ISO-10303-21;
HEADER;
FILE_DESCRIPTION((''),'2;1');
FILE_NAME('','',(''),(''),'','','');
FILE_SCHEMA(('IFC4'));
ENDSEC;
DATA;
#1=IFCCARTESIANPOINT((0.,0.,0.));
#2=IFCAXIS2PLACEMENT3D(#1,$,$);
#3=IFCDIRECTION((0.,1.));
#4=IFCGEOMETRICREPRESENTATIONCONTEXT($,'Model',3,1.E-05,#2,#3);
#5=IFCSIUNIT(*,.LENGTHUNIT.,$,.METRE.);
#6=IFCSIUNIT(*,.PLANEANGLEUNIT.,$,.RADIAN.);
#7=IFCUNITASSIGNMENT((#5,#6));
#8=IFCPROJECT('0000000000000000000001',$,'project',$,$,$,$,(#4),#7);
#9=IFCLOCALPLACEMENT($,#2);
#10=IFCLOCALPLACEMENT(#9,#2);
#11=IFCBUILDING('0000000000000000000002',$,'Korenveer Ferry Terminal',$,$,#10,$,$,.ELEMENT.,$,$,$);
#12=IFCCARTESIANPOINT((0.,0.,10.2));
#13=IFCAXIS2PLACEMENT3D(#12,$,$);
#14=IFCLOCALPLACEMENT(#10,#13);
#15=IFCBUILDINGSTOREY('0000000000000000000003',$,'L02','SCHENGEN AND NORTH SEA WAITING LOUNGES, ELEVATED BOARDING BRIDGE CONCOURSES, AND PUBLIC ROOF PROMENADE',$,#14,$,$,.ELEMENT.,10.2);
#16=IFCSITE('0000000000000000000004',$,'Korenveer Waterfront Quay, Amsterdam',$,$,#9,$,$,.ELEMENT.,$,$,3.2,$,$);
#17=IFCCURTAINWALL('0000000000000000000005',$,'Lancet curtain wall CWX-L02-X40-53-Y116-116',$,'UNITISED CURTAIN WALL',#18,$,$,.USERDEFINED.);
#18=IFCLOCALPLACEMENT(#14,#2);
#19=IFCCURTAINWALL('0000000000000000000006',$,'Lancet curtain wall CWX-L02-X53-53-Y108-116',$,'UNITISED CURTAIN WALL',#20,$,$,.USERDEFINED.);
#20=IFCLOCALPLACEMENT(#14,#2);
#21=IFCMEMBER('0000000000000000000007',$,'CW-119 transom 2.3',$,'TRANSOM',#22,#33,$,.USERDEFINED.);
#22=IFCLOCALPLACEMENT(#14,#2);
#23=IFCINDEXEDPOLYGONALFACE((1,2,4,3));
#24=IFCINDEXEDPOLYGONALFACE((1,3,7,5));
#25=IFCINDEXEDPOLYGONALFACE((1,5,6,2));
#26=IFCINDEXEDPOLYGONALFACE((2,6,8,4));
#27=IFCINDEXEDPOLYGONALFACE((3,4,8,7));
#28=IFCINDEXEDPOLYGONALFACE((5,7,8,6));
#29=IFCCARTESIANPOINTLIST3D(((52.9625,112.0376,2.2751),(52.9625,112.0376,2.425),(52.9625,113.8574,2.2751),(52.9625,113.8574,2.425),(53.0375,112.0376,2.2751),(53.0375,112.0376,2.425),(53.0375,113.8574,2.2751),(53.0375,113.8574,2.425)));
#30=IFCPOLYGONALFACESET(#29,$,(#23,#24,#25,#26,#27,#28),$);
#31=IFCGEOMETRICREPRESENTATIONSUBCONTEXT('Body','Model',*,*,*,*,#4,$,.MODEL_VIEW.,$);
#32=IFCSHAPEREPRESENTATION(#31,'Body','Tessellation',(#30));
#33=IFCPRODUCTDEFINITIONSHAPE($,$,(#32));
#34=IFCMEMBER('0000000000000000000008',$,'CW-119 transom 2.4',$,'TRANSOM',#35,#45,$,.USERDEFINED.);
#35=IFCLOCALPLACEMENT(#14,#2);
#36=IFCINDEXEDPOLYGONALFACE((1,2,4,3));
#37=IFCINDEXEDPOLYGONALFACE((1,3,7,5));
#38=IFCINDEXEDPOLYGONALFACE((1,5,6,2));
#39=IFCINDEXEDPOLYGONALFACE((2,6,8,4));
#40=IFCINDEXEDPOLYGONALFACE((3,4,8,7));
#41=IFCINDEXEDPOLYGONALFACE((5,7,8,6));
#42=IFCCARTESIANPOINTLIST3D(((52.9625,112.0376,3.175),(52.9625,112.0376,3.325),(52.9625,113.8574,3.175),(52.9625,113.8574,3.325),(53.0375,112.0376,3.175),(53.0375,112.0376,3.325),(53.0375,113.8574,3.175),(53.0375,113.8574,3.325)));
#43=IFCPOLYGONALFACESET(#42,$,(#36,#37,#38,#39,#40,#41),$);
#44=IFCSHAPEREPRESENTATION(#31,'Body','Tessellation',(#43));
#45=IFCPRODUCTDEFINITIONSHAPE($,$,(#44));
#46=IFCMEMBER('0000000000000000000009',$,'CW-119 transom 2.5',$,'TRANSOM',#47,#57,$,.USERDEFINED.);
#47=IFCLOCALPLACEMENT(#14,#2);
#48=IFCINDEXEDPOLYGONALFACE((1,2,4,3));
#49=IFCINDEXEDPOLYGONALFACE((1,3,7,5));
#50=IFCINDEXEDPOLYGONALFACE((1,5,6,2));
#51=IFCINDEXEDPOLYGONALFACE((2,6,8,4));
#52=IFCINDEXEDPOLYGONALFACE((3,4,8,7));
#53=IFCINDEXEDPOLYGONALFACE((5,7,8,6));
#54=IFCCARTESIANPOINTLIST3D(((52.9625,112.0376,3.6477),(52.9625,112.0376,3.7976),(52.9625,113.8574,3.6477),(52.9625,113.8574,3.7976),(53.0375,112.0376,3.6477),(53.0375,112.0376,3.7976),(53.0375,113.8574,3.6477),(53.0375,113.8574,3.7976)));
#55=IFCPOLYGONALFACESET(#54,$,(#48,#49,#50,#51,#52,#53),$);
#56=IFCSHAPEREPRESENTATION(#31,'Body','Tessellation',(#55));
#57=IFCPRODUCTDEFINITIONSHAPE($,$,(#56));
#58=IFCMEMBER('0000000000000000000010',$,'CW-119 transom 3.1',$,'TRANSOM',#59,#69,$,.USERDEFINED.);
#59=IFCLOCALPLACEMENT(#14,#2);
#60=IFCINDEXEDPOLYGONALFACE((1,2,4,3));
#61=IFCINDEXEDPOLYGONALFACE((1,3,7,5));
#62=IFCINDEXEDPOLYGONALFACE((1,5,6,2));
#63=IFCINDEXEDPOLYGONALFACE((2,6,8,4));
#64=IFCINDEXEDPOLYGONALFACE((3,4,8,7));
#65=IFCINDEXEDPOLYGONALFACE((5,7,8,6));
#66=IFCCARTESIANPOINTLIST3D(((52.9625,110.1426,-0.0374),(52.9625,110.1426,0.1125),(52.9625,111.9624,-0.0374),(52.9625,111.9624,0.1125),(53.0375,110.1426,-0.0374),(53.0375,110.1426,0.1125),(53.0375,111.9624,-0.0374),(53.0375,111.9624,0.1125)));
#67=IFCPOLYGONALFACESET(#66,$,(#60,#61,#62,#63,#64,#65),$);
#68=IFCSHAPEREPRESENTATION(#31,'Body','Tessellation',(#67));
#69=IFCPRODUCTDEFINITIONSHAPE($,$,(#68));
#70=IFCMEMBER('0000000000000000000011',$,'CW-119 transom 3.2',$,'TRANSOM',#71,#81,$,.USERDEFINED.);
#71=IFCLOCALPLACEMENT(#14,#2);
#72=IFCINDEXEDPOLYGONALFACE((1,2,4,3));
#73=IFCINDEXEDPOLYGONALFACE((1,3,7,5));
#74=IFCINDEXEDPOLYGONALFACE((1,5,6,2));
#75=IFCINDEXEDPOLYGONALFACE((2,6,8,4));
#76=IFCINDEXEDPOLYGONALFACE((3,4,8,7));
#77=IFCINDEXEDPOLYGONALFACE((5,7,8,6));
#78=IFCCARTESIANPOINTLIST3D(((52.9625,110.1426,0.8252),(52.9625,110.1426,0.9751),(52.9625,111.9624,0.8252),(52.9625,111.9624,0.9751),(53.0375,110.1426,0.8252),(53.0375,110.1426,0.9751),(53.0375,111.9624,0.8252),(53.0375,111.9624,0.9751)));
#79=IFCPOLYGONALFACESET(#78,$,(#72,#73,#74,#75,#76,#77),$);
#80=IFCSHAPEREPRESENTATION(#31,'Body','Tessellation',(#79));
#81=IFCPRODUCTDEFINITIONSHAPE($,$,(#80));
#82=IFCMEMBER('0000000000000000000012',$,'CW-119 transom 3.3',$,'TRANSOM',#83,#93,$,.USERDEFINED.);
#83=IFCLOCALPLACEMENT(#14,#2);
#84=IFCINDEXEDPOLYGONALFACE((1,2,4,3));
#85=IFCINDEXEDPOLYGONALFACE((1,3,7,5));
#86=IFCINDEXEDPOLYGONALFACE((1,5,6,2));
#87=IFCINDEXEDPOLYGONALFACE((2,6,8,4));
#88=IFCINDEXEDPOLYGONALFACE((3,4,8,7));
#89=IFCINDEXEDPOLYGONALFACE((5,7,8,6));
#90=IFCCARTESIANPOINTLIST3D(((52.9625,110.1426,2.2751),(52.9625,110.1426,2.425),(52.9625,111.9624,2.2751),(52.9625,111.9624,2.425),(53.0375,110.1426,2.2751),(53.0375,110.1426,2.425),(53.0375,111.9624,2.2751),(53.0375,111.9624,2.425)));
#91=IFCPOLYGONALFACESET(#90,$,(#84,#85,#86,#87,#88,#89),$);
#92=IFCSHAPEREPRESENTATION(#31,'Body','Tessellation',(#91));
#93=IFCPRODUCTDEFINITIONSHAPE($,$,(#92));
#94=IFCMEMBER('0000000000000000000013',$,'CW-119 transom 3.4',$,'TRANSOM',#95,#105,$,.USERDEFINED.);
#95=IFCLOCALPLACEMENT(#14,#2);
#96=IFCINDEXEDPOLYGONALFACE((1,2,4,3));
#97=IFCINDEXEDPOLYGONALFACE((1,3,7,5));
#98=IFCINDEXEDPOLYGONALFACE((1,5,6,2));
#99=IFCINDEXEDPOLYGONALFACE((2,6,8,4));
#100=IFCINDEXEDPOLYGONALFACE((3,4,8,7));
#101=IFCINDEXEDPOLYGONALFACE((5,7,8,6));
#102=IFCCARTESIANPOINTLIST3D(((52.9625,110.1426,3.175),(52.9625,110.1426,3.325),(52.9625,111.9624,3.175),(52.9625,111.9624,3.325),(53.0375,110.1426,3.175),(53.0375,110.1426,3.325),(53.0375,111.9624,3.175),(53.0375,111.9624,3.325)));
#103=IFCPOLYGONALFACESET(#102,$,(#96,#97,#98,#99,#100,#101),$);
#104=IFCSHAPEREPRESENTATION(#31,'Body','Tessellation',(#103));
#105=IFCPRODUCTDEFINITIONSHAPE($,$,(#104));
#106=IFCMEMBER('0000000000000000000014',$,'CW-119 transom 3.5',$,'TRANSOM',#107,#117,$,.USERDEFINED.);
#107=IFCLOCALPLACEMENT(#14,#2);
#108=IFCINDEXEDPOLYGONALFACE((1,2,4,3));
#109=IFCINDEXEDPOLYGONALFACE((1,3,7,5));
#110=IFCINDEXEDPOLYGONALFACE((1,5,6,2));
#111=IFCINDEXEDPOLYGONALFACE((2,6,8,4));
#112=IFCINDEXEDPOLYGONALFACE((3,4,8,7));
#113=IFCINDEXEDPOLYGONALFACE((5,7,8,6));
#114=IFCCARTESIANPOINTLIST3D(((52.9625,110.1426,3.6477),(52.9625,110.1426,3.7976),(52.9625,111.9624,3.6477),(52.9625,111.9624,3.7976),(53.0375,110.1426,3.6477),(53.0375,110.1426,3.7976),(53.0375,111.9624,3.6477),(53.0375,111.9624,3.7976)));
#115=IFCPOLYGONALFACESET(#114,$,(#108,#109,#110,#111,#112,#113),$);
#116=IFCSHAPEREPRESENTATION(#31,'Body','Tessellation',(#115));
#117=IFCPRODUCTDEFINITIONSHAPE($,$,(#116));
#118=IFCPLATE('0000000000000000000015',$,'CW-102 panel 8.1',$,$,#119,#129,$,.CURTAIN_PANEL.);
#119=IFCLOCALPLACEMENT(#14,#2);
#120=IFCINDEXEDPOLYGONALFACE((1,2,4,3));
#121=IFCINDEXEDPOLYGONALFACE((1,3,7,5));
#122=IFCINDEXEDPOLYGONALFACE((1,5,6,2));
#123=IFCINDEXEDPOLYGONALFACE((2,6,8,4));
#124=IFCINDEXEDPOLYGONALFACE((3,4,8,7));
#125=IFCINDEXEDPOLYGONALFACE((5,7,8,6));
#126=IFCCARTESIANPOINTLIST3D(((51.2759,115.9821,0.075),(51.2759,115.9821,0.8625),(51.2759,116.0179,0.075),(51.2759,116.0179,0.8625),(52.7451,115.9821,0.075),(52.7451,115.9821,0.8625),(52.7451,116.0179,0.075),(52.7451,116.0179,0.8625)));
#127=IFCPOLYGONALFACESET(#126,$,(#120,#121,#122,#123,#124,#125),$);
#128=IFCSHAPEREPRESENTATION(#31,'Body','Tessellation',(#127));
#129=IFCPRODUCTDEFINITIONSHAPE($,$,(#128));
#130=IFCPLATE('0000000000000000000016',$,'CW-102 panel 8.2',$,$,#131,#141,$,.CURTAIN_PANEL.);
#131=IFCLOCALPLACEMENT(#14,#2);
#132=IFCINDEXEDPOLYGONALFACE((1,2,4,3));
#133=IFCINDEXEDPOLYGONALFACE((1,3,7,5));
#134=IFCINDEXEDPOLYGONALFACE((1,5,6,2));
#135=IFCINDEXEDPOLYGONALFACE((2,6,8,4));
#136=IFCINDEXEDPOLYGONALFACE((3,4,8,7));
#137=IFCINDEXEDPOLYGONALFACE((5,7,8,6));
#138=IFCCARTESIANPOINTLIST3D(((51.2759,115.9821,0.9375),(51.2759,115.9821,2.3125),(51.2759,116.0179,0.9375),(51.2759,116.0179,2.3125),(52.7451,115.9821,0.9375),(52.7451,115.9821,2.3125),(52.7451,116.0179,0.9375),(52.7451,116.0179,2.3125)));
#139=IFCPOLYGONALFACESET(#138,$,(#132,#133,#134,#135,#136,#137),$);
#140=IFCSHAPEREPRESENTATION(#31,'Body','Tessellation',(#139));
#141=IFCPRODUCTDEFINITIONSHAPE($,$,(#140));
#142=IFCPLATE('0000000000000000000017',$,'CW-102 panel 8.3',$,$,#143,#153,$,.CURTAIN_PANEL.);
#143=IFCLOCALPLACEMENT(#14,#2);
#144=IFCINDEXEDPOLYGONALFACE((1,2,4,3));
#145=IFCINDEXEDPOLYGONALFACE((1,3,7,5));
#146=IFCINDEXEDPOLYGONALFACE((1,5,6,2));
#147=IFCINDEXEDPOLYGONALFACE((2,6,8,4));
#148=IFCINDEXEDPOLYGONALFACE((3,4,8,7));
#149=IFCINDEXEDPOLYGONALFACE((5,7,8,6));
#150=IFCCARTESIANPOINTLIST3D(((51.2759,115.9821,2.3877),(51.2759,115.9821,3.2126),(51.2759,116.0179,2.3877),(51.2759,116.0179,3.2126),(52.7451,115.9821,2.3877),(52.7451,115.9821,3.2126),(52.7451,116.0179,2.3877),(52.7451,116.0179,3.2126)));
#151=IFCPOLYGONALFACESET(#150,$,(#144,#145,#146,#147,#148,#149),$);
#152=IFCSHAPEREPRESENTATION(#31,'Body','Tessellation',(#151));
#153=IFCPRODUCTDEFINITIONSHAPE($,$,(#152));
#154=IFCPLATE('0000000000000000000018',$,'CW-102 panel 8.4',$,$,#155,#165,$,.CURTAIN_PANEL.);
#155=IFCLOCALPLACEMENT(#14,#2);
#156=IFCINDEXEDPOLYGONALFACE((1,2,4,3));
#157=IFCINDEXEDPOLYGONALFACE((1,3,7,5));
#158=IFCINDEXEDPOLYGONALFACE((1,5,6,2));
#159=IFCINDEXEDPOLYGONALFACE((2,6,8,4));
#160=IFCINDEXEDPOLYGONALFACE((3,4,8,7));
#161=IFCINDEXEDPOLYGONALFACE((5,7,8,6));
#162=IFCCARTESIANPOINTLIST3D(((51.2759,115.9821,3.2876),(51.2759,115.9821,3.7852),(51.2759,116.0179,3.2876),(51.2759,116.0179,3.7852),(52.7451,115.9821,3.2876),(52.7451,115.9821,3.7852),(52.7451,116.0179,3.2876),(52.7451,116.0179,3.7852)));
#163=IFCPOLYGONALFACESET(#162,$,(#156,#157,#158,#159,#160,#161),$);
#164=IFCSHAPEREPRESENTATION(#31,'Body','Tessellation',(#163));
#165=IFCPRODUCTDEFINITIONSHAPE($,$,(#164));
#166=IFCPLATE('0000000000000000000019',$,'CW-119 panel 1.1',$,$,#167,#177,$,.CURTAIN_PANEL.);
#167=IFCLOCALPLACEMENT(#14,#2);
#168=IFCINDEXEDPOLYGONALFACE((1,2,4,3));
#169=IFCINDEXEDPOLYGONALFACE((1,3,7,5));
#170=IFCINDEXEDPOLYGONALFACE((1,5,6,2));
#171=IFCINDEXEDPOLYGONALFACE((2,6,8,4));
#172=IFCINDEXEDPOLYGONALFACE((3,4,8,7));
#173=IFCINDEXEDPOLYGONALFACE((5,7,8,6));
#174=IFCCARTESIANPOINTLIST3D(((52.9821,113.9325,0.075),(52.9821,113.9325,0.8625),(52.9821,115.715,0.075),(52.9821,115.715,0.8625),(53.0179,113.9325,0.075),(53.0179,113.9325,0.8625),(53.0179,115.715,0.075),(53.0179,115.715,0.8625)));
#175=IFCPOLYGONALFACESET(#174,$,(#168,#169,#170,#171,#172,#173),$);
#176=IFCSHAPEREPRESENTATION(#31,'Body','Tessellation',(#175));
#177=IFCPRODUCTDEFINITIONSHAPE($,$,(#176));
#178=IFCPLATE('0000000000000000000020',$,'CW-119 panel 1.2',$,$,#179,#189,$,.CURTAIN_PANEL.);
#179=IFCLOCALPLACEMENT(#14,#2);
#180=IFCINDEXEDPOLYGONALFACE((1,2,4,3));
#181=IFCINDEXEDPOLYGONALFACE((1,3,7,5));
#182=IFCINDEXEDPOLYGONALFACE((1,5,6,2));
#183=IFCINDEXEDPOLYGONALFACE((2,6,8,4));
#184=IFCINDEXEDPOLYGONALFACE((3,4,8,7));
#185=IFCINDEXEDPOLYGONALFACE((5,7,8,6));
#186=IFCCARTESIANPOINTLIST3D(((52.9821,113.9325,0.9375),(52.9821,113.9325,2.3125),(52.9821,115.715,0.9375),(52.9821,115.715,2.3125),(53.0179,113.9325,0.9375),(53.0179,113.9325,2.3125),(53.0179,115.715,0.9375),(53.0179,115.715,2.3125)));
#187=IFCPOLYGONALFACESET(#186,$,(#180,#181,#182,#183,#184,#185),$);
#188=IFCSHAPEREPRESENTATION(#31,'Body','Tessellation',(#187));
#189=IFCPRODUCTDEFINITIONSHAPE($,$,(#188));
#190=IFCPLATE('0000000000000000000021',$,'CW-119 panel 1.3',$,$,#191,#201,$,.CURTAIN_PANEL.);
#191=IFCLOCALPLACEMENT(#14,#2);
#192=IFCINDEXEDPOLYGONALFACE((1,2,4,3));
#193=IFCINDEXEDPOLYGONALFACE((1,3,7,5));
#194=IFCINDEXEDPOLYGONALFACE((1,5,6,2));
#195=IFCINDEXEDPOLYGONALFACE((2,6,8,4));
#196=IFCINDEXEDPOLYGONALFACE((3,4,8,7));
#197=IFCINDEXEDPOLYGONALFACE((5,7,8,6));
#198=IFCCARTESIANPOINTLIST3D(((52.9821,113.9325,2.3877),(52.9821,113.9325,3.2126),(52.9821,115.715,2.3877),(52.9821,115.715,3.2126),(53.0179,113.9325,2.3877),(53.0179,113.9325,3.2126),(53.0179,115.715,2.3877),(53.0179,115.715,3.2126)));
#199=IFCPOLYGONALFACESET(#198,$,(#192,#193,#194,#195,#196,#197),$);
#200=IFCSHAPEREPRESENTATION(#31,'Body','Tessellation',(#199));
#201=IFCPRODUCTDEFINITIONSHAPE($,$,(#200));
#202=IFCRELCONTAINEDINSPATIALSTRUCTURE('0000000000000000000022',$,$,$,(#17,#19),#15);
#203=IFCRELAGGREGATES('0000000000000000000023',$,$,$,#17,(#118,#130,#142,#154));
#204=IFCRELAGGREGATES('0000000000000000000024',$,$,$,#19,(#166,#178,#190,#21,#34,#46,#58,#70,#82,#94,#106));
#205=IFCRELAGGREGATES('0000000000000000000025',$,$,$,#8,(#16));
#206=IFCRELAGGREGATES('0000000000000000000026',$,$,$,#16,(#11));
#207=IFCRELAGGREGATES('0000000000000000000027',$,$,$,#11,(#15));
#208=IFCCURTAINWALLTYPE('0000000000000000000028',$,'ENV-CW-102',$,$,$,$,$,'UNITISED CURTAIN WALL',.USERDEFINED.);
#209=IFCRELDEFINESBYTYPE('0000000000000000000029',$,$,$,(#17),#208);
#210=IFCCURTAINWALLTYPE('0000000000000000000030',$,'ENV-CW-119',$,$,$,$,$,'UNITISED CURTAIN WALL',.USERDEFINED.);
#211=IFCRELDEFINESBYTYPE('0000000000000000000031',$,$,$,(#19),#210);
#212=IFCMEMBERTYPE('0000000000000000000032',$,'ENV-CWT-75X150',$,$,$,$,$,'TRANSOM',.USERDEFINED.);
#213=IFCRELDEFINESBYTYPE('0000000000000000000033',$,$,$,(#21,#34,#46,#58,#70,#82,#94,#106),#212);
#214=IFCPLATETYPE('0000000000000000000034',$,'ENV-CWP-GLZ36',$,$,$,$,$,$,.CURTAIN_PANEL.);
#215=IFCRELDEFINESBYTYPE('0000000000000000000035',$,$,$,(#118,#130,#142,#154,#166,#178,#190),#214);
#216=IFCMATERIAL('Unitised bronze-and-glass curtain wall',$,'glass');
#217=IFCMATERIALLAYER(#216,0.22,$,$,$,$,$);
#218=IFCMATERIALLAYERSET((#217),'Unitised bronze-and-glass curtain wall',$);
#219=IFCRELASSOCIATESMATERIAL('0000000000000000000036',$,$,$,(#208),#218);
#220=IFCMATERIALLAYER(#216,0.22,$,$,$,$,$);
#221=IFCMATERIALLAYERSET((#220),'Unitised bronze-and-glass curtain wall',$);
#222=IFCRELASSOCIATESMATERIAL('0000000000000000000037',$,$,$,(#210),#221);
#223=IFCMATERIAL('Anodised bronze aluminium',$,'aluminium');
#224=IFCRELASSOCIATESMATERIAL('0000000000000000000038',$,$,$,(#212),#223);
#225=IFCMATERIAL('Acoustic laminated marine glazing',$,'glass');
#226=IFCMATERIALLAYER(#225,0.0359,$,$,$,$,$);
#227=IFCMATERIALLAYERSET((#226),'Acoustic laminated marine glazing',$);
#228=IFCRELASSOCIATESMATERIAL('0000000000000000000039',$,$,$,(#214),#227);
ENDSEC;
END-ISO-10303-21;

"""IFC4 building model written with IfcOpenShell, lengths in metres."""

from ifc_helpers import new_model, si_unit, direction, frame, origin, origin_2d, place, context, subcontext, project, spatial, rectangle, extrude, material, layer, layer_set, material_profile, profile_set, type_object, element, aggregate, save


model = new_model("IFC4")

# Units and contexts
model_context = context("Model", 3, precision=1e-05, world=origin(), true_north=direction((0.0, 1.0)))
body_context = subcontext(model_context, "Body", "Model", "MODEL_VIEW")
ifc_project = project(units=[si_unit("LENGTHUNIT", "METRE"), si_unit("PLANEANGLEUNIT", "RADIAN")], contexts=[model_context])

# Site, building, storey
site_placement = place(None, origin())
site = spatial("IfcSite", under=ifc_project, at=site_placement, Name="Korenveer Waterfront Quay, Amsterdam", CompositionType="ELEMENT", RefElevation=3.2)
building_placement = place(site_placement, origin())
building = spatial("IfcBuilding", under=site, at=building_placement, Name="Korenveer Ferry Terminal", CompositionType="ELEMENT")
storey_placement = place(building_placement, frame((0.0, 0.0, 10.2)))
storey = spatial("IfcBuildingStorey", under=building, at=storey_placement, Name="L02", Description="SCHENGEN AND NORTH SEA WAITING LOUNGES, ELEVATED BOARDING BRIDGE CONCOURSES, AND PUBLIC ROOF PROMENADE", CompositionType="ELEMENT", Elevation=10.2)

# Curtain wall
ifc_material_1 = material(Name="Unitised bronze-and-glass curtain wall", Category="glass")
ifc_layer_1 = layer(ifc_material_1, 0.22)
ifc_layer_set_1 = layer_set([ifc_layer_1], Name="Unitised bronze-and-glass curtain wall")
curtain_wall_type_1 = type_object("IfcCurtainWallType", Name="ENV-CW-102", ElementType="UNITISED CURTAIN WALL", PredefinedType="USERDEFINED", material=ifc_layer_set_1)
curtain_wall_1_placement = place(storey_placement, frame((40.1665, 116.0, 0.0)))
curtain_wall_1 = element("IfcCurtainWall", 1, at=curtain_wall_1_placement, inside=storey, type_object=curtain_wall_type_1, Name="Lancet curtain wall CWX-L02-X40-53-Y116-116", ObjectType="UNITISED CURTAIN WALL", PredefinedType="USERDEFINED")
ifc_material_2 = material(Name="Anodised bronze aluminium", Category="aluminium")

# Curtain wall, members
ifc_layer_2 = layer(ifc_material_1, 0.22)
ifc_layer_set_2 = layer_set([ifc_layer_2], Name="Unitised bronze-and-glass curtain wall")
curtain_wall_type_2 = type_object("IfcCurtainWallType", Name="ENV-CW-119", ElementType="UNITISED CURTAIN WALL", PredefinedType="USERDEFINED", material=ifc_layer_set_2)
curtain_wall_2_placement = place(storey_placement, frame((53.0, 115.79, 0.0)))
curtain_wall_2 = element("IfcCurtainWall", 2, at=curtain_wall_2_placement, inside=storey, type_object=curtain_wall_type_2, Name="Lancet curtain wall CWX-L02-X53-53-Y108-116", ObjectType="UNITISED CURTAIN WALL", PredefinedType="USERDEFINED")
ifc_material_profile_1 = material_profile(ifc_material_2, rectangle(XDim=0.075, YDim=0.1499, at=origin_2d()), Name="ALU 75x150")
ifc_profile_set_1 = profile_set([ifc_material_profile_1], Name="Anodised bronze aluminium")
member_type_1 = type_object("IfcMemberType", Name="ENV-CWT-75X150", ElementType="TRANSOM", PredefinedType="USERDEFINED", material=ifc_profile_set_1)
member_1_placement = place(storey_placement, frame((53.0, 113.8574, 2.3501), z_axis=(0.0, -1.0, 0.0), x_axis=(1.0, 0.0, 0.0)))
member_1 = element("IfcMember", 3, at=member_1_placement, type_object=member_type_1, Name="CW-119 transom 2.3", ObjectType="TRANSOM", PredefinedType="USERDEFINED", context=body_context, shape_type="SweptSolid", body=[
    extrude(rectangle(XDim=0.075, YDim=0.1499, at=origin_2d()), origin(), (0.0, 0.0, 1.0), 1.8198),
])
member_2_placement = place(storey_placement, frame((53.0, 113.8574, 3.25), z_axis=(0.0, -1.0, 0.0), x_axis=(1.0, 0.0, 0.0)))
member_2 = element("IfcMember", 4, at=member_2_placement, type_object=member_type_1, Name="CW-119 transom 2.4", ObjectType="TRANSOM", PredefinedType="USERDEFINED", context=body_context, shape_type="SweptSolid", body=[
    extrude(rectangle(XDim=0.075, YDim=0.1499, at=origin_2d()), origin(), (0.0, 0.0, 1.0), 1.8198),
])
member_3_placement = place(storey_placement, frame((53.0, 113.8574, 3.7227), z_axis=(0.0, -1.0, 0.0), x_axis=(1.0, 0.0, 0.0)))
member_3 = element("IfcMember", 5, at=member_3_placement, type_object=member_type_1, Name="CW-119 transom 2.5", ObjectType="TRANSOM", PredefinedType="USERDEFINED", context=body_context, shape_type="SweptSolid", body=[
    extrude(rectangle(XDim=0.075, YDim=0.1499, at=origin_2d()), origin(), (0.0, 0.0, 1.0), 1.8198),
])
member_4_placement = place(storey_placement, frame((53.0, 111.9624, 0.0376), z_axis=(0.0, -1.0, 0.0), x_axis=(1.0, 0.0, 0.0)))
member_4 = element("IfcMember", 6, at=member_4_placement, type_object=member_type_1, Name="CW-119 transom 3.1", ObjectType="TRANSOM", PredefinedType="USERDEFINED", context=body_context, shape_type="SweptSolid", body=[
    extrude(rectangle(XDim=0.075, YDim=0.1499, at=origin_2d()), origin(), (0.0, 0.0, 1.0), 1.8198),
])
member_5_placement = place(storey_placement, frame((53.0, 111.9624, 0.9001), z_axis=(0.0, -1.0, 0.0), x_axis=(1.0, 0.0, 0.0)))
member_5 = element("IfcMember", 7, at=member_5_placement, type_object=member_type_1, Name="CW-119 transom 3.2", ObjectType="TRANSOM", PredefinedType="USERDEFINED", context=body_context, shape_type="SweptSolid", body=[
    extrude(rectangle(XDim=0.075, YDim=0.1499, at=origin_2d()), origin(), (0.0, 0.0, 1.0), 1.8198),
])
member_6_placement = place(storey_placement, frame((53.0, 111.9624, 2.3501), z_axis=(0.0, -1.0, 0.0), x_axis=(1.0, 0.0, 0.0)))
member_6 = element("IfcMember", 8, at=member_6_placement, type_object=member_type_1, Name="CW-119 transom 3.3", ObjectType="TRANSOM", PredefinedType="USERDEFINED", context=body_context, shape_type="SweptSolid", body=[
    extrude(rectangle(XDim=0.075, YDim=0.1499, at=origin_2d()), origin(), (0.0, 0.0, 1.0), 1.8198),
])
member_7_placement = place(storey_placement, frame((53.0, 111.9624, 3.25), z_axis=(0.0, -1.0, 0.0), x_axis=(1.0, 0.0, 0.0)))
member_7 = element("IfcMember", 9, at=member_7_placement, type_object=member_type_1, Name="CW-119 transom 3.4", ObjectType="TRANSOM", PredefinedType="USERDEFINED", context=body_context, shape_type="SweptSolid", body=[
    extrude(rectangle(XDim=0.075, YDim=0.1499, at=origin_2d()), origin(), (0.0, 0.0, 1.0), 1.8198),
])
member_8_placement = place(storey_placement, frame((53.0, 111.9624, 3.7227), z_axis=(0.0, -1.0, 0.0), x_axis=(1.0, 0.0, 0.0)))
member_8 = element("IfcMember", 10, at=member_8_placement, type_object=member_type_1, Name="CW-119 transom 3.5", ObjectType="TRANSOM", PredefinedType="USERDEFINED", context=body_context, shape_type="SweptSolid", body=[
    extrude(rectangle(XDim=0.075, YDim=0.1499, at=origin_2d()), origin(), (0.0, 0.0, 1.0), 1.8198),
])

# Plates
ifc_material_3 = material(Name="Acoustic laminated marine glazing", Category="glass")
ifc_layer_3 = layer(ifc_material_3, 0.0359)
ifc_layer_set_3 = layer_set([ifc_layer_3], Name="Acoustic laminated marine glazing")
plate_type = type_object("IfcPlateType", Name="ENV-CWP-GLZ36", PredefinedType="CURTAIN_PANEL", material=ifc_layer_set_3)
plate_1_placement = place(storey_placement, frame((52.0105, 116.0, 0.075), z_axis=(0.0, 0.0, 1.0), x_axis=(1.0, 0.0, 0.0)))
plate_1 = element("IfcPlate", 11, at=plate_1_placement, type_object=plate_type, Name="CW-102 panel 8.1", PredefinedType="CURTAIN_PANEL", context=body_context, shape_type="SweptSolid", body=[
    extrude(rectangle(XDim=1.4692, YDim=0.0359, at=origin_2d()), origin(), (0.0, 0.0, 1.0), 0.7876),
])
plate_2_placement = place(storey_placement, frame((52.0105, 116.0, 0.9375), z_axis=(0.0, 0.0, 1.0), x_axis=(1.0, 0.0, 0.0)))
plate_2 = element("IfcPlate", 12, at=plate_2_placement, type_object=plate_type, Name="CW-102 panel 8.2", PredefinedType="CURTAIN_PANEL", context=body_context, shape_type="SweptSolid", body=[
    extrude(rectangle(XDim=1.4692, YDim=0.0359, at=origin_2d()), origin(), (0.0, 0.0, 1.0), 1.375),
])
plate_3_placement = place(storey_placement, frame((52.0105, 116.0, 2.3877), z_axis=(0.0, 0.0, 1.0), x_axis=(1.0, 0.0, 0.0)))
plate_3 = element("IfcPlate", 13, at=plate_3_placement, type_object=plate_type, Name="CW-102 panel 8.3", PredefinedType="CURTAIN_PANEL", context=body_context, shape_type="SweptSolid", body=[
    extrude(rectangle(XDim=1.4692, YDim=0.0359, at=origin_2d()), origin(), (0.0, 0.0, 1.0), 0.825),
])
plate_4_placement = place(storey_placement, frame((52.0105, 116.0, 3.2876), z_axis=(0.0, 0.0, 1.0), x_axis=(1.0, 0.0, 0.0)))
plate_4 = element("IfcPlate", 14, at=plate_4_placement, type_object=plate_type, Name="CW-102 panel 8.4", PredefinedType="CURTAIN_PANEL", context=body_context, shape_type="SweptSolid", body=[
    extrude(rectangle(XDim=1.4692, YDim=0.0359, at=origin_2d()), origin(), (0.0, 0.0, 1.0), 0.4976),
])
aggregate(curtain_wall_1, [plate_1, plate_2, plate_3, plate_4])
plate_5_placement = place(storey_placement, frame((53.0, 114.8237, 0.075), z_axis=(0.0, 0.0, 1.0), x_axis=(0.0, -1.0, 0.0)))
plate_5 = element("IfcPlate", 15, at=plate_5_placement, type_object=plate_type, Name="CW-119 panel 1.1", PredefinedType="CURTAIN_PANEL", context=body_context, shape_type="SweptSolid", body=[
    extrude(rectangle(XDim=1.7825, YDim=0.0359, at=origin_2d()), origin(), (0.0, 0.0, 1.0), 0.7876),
])
plate_6_placement = place(storey_placement, frame((53.0, 114.8237, 0.9375), z_axis=(0.0, 0.0, 1.0), x_axis=(0.0, -1.0, 0.0)))
plate_6 = element("IfcPlate", 16, at=plate_6_placement, type_object=plate_type, Name="CW-119 panel 1.2", PredefinedType="CURTAIN_PANEL", context=body_context, shape_type="SweptSolid", body=[
    extrude(rectangle(XDim=1.7825, YDim=0.0359, at=origin_2d()), origin(), (0.0, 0.0, 1.0), 1.375),
])
plate_7_placement = place(storey_placement, frame((53.0, 114.8237, 2.3877), z_axis=(0.0, 0.0, 1.0), x_axis=(0.0, -1.0, 0.0)))
plate_7 = element("IfcPlate", 17, at=plate_7_placement, type_object=plate_type, Name="CW-119 panel 1.3", PredefinedType="CURTAIN_PANEL", context=body_context, shape_type="SweptSolid", body=[
    extrude(rectangle(XDim=1.7825, YDim=0.0359, at=origin_2d()), origin(), (0.0, 0.0, 1.0), 0.825),
])
aggregate(curtain_wall_2, [plate_5, plate_6, plate_7, member_1, member_2, member_3, member_4, member_5, member_6, member_7, member_8])

save(model, "model.ifc")
